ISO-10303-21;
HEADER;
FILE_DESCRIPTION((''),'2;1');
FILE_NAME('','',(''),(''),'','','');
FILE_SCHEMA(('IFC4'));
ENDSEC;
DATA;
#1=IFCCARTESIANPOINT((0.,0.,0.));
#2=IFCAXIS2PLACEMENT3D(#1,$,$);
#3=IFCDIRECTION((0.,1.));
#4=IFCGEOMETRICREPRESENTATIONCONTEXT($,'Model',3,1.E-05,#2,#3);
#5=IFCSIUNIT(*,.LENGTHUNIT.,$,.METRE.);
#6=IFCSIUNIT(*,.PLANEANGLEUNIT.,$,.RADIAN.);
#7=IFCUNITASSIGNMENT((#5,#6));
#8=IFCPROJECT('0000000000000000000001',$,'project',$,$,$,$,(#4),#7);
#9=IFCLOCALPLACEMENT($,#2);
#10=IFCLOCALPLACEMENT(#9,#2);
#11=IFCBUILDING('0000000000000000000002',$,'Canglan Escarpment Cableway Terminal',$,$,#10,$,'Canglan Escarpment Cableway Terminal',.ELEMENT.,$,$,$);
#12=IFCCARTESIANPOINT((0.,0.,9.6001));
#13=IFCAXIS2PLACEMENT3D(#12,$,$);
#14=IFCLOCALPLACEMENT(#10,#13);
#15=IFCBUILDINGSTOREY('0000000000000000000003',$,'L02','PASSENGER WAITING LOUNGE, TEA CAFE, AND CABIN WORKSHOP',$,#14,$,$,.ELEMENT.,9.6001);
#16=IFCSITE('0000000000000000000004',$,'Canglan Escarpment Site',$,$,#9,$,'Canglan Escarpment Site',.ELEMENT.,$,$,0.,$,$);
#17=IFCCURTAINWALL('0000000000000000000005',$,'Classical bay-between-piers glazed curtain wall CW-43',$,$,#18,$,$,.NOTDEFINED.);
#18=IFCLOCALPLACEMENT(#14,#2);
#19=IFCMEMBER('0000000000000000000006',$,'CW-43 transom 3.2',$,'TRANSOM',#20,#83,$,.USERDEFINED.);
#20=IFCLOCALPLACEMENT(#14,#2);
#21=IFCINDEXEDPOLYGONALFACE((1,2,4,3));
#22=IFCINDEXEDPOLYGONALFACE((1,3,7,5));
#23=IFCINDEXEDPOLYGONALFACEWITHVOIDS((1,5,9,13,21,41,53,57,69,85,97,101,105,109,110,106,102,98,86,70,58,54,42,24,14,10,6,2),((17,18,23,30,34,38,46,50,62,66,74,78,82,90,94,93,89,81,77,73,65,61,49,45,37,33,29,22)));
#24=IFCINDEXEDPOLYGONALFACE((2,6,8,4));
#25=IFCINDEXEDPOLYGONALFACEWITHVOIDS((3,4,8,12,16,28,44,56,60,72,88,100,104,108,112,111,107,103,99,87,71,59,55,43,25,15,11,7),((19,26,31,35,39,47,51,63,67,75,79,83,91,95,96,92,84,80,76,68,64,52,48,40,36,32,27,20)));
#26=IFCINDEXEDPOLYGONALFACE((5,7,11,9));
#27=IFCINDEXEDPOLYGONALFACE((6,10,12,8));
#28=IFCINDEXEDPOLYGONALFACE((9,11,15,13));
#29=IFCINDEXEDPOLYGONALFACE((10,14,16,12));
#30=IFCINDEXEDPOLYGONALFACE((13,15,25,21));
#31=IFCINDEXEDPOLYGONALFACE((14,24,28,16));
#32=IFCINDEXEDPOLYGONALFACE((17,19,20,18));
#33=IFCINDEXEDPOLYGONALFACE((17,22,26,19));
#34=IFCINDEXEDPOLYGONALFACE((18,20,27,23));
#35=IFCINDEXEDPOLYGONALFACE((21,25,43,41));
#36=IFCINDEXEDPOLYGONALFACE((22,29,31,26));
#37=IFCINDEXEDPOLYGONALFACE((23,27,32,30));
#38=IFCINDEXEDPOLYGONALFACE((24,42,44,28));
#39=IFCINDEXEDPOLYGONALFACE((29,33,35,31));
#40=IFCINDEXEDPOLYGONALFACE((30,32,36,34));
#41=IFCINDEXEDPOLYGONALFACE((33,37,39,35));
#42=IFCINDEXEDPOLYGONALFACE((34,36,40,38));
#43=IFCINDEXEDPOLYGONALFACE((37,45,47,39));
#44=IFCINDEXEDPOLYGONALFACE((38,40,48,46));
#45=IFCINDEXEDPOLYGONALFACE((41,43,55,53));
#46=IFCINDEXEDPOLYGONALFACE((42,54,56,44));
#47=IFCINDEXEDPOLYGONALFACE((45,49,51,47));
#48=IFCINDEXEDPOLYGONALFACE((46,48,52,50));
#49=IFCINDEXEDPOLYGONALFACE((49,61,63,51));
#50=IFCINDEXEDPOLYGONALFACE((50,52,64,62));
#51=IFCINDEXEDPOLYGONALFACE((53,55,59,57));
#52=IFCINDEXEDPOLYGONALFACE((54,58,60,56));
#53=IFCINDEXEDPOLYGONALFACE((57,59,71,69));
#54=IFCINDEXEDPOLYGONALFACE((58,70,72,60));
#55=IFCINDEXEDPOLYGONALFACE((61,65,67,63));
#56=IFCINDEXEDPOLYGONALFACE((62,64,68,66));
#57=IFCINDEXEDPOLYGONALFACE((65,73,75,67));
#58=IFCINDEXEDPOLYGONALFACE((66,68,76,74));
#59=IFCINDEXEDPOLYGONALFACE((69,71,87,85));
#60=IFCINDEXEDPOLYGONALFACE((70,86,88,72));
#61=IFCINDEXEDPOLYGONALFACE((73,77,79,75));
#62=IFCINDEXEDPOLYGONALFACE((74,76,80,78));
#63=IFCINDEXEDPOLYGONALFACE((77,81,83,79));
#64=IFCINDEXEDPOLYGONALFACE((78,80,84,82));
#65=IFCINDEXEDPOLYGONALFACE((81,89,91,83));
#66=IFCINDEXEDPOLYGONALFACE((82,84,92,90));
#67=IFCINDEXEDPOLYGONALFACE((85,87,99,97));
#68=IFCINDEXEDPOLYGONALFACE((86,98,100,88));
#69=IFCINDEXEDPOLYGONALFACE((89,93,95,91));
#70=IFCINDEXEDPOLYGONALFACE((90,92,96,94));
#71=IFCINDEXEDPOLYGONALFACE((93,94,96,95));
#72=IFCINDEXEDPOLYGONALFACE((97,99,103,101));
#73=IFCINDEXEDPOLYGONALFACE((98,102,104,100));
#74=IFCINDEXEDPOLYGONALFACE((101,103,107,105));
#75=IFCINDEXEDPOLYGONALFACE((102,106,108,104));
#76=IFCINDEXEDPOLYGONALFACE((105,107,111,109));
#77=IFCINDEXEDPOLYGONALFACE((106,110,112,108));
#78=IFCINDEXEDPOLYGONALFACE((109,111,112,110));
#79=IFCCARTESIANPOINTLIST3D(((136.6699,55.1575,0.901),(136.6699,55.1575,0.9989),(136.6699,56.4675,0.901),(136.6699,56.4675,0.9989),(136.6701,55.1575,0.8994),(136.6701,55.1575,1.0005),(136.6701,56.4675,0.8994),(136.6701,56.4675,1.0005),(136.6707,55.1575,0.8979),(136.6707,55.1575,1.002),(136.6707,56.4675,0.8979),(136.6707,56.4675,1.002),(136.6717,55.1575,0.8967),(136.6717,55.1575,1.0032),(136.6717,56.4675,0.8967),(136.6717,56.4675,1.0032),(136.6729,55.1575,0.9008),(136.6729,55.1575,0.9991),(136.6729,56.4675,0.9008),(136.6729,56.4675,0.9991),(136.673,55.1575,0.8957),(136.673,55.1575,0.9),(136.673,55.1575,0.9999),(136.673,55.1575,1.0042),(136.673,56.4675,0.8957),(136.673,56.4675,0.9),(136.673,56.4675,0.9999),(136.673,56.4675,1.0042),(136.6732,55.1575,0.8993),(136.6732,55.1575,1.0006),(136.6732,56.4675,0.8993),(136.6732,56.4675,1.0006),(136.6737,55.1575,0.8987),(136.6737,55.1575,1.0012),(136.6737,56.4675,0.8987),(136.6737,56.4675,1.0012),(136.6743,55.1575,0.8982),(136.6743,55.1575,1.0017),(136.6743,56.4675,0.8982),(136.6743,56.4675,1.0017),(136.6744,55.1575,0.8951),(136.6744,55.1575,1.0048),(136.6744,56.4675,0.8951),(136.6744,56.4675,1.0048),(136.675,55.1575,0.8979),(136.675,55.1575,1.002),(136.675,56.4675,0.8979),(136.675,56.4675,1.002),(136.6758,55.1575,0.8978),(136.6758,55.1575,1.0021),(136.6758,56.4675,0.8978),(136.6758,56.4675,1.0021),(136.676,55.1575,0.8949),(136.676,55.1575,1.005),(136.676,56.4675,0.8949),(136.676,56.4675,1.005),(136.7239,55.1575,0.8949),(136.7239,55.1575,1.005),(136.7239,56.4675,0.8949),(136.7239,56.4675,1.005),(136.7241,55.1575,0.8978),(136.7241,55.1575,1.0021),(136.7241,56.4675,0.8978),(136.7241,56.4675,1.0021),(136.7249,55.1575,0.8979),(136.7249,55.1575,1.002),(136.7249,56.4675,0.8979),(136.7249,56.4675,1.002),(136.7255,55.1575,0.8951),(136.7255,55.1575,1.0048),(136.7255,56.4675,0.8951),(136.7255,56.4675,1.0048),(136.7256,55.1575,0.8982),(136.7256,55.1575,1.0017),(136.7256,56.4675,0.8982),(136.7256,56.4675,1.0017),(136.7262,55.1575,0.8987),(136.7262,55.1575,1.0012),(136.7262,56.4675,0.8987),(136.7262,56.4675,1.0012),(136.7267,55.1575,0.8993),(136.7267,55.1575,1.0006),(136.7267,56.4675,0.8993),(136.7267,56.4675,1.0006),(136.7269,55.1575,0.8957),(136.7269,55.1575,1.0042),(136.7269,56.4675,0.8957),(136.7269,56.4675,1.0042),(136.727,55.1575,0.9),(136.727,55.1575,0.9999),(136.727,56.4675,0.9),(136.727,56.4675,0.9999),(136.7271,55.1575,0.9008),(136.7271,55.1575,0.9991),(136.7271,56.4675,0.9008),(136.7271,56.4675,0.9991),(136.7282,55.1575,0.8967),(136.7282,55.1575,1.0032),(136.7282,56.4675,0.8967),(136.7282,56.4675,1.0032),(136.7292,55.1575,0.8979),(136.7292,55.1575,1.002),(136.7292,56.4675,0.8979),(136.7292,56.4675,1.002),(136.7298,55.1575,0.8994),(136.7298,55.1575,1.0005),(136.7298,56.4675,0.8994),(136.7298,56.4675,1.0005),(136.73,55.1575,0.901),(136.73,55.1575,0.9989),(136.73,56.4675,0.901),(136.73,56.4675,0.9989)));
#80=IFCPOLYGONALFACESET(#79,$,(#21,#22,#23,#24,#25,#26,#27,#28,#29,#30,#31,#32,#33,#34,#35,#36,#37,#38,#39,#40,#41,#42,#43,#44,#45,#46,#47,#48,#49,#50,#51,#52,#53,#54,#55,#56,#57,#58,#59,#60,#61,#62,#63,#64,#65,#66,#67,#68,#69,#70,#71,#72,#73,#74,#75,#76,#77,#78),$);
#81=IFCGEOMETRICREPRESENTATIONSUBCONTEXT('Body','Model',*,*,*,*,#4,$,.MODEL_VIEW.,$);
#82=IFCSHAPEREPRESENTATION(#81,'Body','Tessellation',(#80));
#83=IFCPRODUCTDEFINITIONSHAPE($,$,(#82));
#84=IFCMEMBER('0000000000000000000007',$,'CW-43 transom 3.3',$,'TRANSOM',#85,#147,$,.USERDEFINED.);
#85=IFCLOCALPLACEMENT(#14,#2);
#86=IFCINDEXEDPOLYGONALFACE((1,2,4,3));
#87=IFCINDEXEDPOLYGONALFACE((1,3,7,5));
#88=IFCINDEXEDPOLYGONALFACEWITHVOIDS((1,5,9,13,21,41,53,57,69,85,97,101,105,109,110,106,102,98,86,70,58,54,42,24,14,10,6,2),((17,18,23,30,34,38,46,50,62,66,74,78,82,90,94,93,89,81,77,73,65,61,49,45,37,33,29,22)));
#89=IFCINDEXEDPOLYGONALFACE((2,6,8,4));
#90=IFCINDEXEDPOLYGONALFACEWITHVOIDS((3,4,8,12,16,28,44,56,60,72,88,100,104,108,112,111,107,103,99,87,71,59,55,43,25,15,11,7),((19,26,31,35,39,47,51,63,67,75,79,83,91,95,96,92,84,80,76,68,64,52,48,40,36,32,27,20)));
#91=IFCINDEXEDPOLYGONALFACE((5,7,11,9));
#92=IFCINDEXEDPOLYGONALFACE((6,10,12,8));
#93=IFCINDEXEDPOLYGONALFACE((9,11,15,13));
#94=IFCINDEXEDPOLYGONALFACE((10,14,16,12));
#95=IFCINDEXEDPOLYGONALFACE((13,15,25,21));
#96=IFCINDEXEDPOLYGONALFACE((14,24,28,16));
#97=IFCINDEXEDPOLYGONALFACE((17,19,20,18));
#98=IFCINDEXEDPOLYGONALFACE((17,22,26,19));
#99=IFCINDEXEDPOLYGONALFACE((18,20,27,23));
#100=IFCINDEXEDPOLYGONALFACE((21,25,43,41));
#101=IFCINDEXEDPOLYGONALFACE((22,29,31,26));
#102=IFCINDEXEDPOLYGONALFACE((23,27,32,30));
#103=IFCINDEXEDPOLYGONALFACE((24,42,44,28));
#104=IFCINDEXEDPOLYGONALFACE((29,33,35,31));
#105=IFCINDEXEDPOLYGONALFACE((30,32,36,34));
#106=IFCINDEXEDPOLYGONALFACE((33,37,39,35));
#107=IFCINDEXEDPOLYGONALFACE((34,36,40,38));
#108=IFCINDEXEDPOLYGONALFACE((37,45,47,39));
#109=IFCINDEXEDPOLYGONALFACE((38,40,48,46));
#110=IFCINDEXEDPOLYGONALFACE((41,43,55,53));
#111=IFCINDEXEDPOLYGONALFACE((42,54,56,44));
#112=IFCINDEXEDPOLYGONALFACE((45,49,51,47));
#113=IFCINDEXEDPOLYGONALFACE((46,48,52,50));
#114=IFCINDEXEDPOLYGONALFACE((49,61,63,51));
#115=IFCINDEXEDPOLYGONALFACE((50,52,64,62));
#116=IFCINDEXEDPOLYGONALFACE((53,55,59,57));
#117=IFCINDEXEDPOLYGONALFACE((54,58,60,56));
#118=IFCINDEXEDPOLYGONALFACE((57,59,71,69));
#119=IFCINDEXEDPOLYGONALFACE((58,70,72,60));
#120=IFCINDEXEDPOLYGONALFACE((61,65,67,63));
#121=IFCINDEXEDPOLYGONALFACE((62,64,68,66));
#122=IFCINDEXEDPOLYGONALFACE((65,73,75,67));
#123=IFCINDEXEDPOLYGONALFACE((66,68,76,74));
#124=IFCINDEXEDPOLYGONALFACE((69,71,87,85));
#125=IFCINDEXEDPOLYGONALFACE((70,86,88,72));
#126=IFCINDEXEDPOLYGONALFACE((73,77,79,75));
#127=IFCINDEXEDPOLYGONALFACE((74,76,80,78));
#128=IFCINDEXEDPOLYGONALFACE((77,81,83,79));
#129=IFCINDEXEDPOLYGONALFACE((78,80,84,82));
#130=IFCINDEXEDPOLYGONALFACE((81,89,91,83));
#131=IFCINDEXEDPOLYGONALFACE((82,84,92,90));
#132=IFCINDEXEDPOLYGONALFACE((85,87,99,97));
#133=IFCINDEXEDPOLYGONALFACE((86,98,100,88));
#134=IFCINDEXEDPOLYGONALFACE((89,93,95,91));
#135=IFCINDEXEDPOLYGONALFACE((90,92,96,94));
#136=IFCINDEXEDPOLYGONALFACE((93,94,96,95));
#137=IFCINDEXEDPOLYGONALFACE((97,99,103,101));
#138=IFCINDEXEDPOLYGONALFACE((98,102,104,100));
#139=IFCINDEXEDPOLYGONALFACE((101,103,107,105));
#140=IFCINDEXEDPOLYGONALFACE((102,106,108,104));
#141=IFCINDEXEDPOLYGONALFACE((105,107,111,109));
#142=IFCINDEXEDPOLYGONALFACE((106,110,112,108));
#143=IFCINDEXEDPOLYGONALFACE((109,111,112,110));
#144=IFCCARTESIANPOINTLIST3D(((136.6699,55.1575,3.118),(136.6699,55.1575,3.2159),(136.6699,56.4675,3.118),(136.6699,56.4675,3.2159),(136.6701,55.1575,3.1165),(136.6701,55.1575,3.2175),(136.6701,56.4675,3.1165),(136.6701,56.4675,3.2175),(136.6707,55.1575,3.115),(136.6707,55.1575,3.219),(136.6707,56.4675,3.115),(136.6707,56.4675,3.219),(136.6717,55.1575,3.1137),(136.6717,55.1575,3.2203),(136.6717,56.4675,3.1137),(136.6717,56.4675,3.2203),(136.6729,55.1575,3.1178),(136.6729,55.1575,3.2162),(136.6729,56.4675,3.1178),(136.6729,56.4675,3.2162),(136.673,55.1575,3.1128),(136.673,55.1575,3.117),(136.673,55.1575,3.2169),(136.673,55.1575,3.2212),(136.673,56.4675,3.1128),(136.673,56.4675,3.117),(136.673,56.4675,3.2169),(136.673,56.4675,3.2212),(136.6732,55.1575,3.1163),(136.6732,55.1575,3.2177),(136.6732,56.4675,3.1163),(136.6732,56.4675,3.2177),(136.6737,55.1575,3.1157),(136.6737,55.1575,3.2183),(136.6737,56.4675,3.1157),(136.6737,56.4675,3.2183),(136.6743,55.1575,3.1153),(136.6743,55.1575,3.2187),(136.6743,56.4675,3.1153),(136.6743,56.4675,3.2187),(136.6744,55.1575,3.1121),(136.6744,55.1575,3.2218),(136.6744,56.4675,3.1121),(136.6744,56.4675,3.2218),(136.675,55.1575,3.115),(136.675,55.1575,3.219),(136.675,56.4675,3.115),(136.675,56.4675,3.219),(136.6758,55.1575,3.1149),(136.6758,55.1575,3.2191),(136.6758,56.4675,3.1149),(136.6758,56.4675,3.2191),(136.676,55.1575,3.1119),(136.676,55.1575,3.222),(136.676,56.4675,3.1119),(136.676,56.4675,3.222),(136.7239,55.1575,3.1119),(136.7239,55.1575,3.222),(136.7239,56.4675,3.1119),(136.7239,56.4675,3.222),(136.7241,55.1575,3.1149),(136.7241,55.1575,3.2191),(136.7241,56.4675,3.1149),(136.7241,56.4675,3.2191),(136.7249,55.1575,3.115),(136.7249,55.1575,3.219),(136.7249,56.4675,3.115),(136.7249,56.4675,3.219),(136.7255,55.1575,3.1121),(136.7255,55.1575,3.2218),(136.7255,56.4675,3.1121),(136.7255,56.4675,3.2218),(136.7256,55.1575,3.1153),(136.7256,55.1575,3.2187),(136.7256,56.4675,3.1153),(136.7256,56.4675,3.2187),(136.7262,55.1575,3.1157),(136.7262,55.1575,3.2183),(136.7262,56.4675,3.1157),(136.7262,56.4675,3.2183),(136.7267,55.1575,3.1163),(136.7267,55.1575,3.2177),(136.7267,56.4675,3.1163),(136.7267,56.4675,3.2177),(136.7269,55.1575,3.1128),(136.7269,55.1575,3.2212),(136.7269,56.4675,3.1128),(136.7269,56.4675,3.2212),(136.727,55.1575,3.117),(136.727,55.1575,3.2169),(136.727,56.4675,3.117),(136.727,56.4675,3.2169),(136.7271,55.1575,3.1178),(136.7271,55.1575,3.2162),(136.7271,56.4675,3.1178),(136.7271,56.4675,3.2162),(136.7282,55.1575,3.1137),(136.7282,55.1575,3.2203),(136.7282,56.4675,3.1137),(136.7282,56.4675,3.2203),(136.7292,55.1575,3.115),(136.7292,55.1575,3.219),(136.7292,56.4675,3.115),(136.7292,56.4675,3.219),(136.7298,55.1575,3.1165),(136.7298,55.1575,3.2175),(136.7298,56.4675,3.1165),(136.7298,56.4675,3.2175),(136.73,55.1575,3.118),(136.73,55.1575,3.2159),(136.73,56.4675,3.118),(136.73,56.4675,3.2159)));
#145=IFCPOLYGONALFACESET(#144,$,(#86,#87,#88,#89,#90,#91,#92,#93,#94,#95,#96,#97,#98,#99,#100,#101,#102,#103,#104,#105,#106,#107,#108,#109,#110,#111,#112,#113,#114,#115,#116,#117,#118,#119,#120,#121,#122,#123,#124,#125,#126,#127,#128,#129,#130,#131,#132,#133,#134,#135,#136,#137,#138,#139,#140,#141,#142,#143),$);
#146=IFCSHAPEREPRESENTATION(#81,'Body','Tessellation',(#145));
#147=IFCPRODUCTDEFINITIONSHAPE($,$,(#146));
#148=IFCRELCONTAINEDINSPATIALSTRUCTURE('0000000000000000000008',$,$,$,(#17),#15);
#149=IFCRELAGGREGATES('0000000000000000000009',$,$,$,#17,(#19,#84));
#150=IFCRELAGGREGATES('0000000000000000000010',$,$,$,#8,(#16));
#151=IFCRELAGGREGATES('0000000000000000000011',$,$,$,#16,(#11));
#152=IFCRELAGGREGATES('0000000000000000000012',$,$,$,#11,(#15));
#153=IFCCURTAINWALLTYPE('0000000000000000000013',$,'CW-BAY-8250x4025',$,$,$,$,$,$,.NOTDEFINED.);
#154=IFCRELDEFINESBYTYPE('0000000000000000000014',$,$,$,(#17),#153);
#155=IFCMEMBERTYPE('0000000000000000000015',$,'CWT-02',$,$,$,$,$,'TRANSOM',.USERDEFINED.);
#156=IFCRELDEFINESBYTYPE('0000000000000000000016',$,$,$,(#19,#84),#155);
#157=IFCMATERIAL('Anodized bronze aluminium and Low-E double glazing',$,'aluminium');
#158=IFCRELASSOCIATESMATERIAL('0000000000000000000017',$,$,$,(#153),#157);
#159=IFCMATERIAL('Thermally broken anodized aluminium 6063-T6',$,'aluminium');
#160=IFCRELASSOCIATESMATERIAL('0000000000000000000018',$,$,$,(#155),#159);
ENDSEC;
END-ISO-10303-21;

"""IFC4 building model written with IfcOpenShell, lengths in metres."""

from ifc_helpers import new_model, si_unit, direction, frame, origin, origin_2d, place, context, subcontext, project, spatial, hollow_rectangle, extrude, material, material_profile, profile_set, type_object, element, aggregate, save


model = new_model("IFC4")

# Units and contexts
model_context = context("Model", 3, precision=1e-05, world=origin(), true_north=direction((0.0, 1.0)))
body_context = subcontext(model_context, "Body", "Model", "MODEL_VIEW")
ifc_project = project(units=[si_unit("LENGTHUNIT", "METRE"), si_unit("PLANEANGLEUNIT", "RADIAN")], contexts=[model_context])

# Site, building, storey
site_placement = place(None, origin())
site = spatial("IfcSite", under=ifc_project, at=site_placement, Name="Canglan Escarpment Site", LongName="Canglan Escarpment Site", CompositionType="ELEMENT", RefElevation=0.0)
building_placement = place(site_placement, origin())
building = spatial("IfcBuilding", under=site, at=building_placement, Name="Canglan Escarpment Cableway Terminal", LongName="Canglan Escarpment Cableway Terminal", CompositionType="ELEMENT")
storey_placement = place(building_placement, frame((0.0, 0.0, 9.6001)))
storey = spatial("IfcBuildingStorey", under=building, at=storey_placement, Name="L02", Description="PASSENGER WAITING LOUNGE, TEA CAFE, AND CABIN WORKSHOP", CompositionType="ELEMENT", Elevation=9.6001)

# Curtain wall, members
ifc_material_1 = material(Name="Anodized bronze aluminium and Low-E double glazing", Category="aluminium")
curtain_wall_type = type_object("IfcCurtainWallType", Name="CW-BAY-8250x4025", PredefinedType="NOTDEFINED", material=ifc_material_1)
curtain_wall_placement = place(storey_placement, origin())
curtain_wall = element("IfcCurtainWall", 1, at=curtain_wall_placement, inside=storey, type_object=curtain_wall_type, Name="Classical bay-between-piers glazed curtain wall CW-43", PredefinedType="NOTDEFINED")
ifc_material_2 = material(Name="Thermally broken anodized aluminium 6063-T6", Category="aluminium")
ifc_material_profile_1 = material_profile(ifc_material_2, hollow_rectangle(XDim=0.0601, YDim=0.1101, WallThickness=0.0029, InnerFilletRadius=0.0029, OuterFilletRadius=0.0061, at=origin_2d()), Name="ALU-TRAN 60x110x3")
ifc_profile_set_1 = profile_set([ifc_material_profile_1], Name="Thermally broken anodized aluminium 6063-T6")
member_type_1 = type_object("IfcMemberType", Name="CWT-02", ElementType="TRANSOM", PredefinedType="USERDEFINED", material=ifc_profile_set_1)
member_1_placement = place(storey_placement, frame((136.7, 55.1575, 0.95), z_axis=(0.0, 1.0, 0.0), x_axis=(-1.0, 0.0, 0.0)))
member_1 = element("IfcMember", 2, at=member_1_placement, type_object=member_type_1, Name="CW-43 transom 3.2", ObjectType="TRANSOM", PredefinedType="USERDEFINED", context=body_context, shape_type="SweptSolid", body=[
    extrude(hollow_rectangle(XDim=0.0601, YDim=0.1101, WallThickness=0.0029, InnerFilletRadius=0.0029, OuterFilletRadius=0.0061, at=origin_2d()), origin(), (0.0, 0.0, 1.0), 1.3101),
])
member_2_placement = place(storey_placement, frame((136.7, 55.1575, 3.167), z_axis=(0.0, 1.0, 0.0), x_axis=(-1.0, 0.0, 0.0)))
member_2 = element("IfcMember", 3, at=member_2_placement, type_object=member_type_1, Name="CW-43 transom 3.3", ObjectType="TRANSOM", PredefinedType="USERDEFINED", context=body_context, shape_type="SweptSolid", body=[
    extrude(hollow_rectangle(XDim=0.0601, YDim=0.1101, WallThickness=0.0029, InnerFilletRadius=0.0029, OuterFilletRadius=0.0061, at=origin_2d()), origin(), (0.0, 0.0, 1.0), 1.3101),
])
aggregate(curtain_wall, [member_1, member_2])

save(model, "model.ifc")
